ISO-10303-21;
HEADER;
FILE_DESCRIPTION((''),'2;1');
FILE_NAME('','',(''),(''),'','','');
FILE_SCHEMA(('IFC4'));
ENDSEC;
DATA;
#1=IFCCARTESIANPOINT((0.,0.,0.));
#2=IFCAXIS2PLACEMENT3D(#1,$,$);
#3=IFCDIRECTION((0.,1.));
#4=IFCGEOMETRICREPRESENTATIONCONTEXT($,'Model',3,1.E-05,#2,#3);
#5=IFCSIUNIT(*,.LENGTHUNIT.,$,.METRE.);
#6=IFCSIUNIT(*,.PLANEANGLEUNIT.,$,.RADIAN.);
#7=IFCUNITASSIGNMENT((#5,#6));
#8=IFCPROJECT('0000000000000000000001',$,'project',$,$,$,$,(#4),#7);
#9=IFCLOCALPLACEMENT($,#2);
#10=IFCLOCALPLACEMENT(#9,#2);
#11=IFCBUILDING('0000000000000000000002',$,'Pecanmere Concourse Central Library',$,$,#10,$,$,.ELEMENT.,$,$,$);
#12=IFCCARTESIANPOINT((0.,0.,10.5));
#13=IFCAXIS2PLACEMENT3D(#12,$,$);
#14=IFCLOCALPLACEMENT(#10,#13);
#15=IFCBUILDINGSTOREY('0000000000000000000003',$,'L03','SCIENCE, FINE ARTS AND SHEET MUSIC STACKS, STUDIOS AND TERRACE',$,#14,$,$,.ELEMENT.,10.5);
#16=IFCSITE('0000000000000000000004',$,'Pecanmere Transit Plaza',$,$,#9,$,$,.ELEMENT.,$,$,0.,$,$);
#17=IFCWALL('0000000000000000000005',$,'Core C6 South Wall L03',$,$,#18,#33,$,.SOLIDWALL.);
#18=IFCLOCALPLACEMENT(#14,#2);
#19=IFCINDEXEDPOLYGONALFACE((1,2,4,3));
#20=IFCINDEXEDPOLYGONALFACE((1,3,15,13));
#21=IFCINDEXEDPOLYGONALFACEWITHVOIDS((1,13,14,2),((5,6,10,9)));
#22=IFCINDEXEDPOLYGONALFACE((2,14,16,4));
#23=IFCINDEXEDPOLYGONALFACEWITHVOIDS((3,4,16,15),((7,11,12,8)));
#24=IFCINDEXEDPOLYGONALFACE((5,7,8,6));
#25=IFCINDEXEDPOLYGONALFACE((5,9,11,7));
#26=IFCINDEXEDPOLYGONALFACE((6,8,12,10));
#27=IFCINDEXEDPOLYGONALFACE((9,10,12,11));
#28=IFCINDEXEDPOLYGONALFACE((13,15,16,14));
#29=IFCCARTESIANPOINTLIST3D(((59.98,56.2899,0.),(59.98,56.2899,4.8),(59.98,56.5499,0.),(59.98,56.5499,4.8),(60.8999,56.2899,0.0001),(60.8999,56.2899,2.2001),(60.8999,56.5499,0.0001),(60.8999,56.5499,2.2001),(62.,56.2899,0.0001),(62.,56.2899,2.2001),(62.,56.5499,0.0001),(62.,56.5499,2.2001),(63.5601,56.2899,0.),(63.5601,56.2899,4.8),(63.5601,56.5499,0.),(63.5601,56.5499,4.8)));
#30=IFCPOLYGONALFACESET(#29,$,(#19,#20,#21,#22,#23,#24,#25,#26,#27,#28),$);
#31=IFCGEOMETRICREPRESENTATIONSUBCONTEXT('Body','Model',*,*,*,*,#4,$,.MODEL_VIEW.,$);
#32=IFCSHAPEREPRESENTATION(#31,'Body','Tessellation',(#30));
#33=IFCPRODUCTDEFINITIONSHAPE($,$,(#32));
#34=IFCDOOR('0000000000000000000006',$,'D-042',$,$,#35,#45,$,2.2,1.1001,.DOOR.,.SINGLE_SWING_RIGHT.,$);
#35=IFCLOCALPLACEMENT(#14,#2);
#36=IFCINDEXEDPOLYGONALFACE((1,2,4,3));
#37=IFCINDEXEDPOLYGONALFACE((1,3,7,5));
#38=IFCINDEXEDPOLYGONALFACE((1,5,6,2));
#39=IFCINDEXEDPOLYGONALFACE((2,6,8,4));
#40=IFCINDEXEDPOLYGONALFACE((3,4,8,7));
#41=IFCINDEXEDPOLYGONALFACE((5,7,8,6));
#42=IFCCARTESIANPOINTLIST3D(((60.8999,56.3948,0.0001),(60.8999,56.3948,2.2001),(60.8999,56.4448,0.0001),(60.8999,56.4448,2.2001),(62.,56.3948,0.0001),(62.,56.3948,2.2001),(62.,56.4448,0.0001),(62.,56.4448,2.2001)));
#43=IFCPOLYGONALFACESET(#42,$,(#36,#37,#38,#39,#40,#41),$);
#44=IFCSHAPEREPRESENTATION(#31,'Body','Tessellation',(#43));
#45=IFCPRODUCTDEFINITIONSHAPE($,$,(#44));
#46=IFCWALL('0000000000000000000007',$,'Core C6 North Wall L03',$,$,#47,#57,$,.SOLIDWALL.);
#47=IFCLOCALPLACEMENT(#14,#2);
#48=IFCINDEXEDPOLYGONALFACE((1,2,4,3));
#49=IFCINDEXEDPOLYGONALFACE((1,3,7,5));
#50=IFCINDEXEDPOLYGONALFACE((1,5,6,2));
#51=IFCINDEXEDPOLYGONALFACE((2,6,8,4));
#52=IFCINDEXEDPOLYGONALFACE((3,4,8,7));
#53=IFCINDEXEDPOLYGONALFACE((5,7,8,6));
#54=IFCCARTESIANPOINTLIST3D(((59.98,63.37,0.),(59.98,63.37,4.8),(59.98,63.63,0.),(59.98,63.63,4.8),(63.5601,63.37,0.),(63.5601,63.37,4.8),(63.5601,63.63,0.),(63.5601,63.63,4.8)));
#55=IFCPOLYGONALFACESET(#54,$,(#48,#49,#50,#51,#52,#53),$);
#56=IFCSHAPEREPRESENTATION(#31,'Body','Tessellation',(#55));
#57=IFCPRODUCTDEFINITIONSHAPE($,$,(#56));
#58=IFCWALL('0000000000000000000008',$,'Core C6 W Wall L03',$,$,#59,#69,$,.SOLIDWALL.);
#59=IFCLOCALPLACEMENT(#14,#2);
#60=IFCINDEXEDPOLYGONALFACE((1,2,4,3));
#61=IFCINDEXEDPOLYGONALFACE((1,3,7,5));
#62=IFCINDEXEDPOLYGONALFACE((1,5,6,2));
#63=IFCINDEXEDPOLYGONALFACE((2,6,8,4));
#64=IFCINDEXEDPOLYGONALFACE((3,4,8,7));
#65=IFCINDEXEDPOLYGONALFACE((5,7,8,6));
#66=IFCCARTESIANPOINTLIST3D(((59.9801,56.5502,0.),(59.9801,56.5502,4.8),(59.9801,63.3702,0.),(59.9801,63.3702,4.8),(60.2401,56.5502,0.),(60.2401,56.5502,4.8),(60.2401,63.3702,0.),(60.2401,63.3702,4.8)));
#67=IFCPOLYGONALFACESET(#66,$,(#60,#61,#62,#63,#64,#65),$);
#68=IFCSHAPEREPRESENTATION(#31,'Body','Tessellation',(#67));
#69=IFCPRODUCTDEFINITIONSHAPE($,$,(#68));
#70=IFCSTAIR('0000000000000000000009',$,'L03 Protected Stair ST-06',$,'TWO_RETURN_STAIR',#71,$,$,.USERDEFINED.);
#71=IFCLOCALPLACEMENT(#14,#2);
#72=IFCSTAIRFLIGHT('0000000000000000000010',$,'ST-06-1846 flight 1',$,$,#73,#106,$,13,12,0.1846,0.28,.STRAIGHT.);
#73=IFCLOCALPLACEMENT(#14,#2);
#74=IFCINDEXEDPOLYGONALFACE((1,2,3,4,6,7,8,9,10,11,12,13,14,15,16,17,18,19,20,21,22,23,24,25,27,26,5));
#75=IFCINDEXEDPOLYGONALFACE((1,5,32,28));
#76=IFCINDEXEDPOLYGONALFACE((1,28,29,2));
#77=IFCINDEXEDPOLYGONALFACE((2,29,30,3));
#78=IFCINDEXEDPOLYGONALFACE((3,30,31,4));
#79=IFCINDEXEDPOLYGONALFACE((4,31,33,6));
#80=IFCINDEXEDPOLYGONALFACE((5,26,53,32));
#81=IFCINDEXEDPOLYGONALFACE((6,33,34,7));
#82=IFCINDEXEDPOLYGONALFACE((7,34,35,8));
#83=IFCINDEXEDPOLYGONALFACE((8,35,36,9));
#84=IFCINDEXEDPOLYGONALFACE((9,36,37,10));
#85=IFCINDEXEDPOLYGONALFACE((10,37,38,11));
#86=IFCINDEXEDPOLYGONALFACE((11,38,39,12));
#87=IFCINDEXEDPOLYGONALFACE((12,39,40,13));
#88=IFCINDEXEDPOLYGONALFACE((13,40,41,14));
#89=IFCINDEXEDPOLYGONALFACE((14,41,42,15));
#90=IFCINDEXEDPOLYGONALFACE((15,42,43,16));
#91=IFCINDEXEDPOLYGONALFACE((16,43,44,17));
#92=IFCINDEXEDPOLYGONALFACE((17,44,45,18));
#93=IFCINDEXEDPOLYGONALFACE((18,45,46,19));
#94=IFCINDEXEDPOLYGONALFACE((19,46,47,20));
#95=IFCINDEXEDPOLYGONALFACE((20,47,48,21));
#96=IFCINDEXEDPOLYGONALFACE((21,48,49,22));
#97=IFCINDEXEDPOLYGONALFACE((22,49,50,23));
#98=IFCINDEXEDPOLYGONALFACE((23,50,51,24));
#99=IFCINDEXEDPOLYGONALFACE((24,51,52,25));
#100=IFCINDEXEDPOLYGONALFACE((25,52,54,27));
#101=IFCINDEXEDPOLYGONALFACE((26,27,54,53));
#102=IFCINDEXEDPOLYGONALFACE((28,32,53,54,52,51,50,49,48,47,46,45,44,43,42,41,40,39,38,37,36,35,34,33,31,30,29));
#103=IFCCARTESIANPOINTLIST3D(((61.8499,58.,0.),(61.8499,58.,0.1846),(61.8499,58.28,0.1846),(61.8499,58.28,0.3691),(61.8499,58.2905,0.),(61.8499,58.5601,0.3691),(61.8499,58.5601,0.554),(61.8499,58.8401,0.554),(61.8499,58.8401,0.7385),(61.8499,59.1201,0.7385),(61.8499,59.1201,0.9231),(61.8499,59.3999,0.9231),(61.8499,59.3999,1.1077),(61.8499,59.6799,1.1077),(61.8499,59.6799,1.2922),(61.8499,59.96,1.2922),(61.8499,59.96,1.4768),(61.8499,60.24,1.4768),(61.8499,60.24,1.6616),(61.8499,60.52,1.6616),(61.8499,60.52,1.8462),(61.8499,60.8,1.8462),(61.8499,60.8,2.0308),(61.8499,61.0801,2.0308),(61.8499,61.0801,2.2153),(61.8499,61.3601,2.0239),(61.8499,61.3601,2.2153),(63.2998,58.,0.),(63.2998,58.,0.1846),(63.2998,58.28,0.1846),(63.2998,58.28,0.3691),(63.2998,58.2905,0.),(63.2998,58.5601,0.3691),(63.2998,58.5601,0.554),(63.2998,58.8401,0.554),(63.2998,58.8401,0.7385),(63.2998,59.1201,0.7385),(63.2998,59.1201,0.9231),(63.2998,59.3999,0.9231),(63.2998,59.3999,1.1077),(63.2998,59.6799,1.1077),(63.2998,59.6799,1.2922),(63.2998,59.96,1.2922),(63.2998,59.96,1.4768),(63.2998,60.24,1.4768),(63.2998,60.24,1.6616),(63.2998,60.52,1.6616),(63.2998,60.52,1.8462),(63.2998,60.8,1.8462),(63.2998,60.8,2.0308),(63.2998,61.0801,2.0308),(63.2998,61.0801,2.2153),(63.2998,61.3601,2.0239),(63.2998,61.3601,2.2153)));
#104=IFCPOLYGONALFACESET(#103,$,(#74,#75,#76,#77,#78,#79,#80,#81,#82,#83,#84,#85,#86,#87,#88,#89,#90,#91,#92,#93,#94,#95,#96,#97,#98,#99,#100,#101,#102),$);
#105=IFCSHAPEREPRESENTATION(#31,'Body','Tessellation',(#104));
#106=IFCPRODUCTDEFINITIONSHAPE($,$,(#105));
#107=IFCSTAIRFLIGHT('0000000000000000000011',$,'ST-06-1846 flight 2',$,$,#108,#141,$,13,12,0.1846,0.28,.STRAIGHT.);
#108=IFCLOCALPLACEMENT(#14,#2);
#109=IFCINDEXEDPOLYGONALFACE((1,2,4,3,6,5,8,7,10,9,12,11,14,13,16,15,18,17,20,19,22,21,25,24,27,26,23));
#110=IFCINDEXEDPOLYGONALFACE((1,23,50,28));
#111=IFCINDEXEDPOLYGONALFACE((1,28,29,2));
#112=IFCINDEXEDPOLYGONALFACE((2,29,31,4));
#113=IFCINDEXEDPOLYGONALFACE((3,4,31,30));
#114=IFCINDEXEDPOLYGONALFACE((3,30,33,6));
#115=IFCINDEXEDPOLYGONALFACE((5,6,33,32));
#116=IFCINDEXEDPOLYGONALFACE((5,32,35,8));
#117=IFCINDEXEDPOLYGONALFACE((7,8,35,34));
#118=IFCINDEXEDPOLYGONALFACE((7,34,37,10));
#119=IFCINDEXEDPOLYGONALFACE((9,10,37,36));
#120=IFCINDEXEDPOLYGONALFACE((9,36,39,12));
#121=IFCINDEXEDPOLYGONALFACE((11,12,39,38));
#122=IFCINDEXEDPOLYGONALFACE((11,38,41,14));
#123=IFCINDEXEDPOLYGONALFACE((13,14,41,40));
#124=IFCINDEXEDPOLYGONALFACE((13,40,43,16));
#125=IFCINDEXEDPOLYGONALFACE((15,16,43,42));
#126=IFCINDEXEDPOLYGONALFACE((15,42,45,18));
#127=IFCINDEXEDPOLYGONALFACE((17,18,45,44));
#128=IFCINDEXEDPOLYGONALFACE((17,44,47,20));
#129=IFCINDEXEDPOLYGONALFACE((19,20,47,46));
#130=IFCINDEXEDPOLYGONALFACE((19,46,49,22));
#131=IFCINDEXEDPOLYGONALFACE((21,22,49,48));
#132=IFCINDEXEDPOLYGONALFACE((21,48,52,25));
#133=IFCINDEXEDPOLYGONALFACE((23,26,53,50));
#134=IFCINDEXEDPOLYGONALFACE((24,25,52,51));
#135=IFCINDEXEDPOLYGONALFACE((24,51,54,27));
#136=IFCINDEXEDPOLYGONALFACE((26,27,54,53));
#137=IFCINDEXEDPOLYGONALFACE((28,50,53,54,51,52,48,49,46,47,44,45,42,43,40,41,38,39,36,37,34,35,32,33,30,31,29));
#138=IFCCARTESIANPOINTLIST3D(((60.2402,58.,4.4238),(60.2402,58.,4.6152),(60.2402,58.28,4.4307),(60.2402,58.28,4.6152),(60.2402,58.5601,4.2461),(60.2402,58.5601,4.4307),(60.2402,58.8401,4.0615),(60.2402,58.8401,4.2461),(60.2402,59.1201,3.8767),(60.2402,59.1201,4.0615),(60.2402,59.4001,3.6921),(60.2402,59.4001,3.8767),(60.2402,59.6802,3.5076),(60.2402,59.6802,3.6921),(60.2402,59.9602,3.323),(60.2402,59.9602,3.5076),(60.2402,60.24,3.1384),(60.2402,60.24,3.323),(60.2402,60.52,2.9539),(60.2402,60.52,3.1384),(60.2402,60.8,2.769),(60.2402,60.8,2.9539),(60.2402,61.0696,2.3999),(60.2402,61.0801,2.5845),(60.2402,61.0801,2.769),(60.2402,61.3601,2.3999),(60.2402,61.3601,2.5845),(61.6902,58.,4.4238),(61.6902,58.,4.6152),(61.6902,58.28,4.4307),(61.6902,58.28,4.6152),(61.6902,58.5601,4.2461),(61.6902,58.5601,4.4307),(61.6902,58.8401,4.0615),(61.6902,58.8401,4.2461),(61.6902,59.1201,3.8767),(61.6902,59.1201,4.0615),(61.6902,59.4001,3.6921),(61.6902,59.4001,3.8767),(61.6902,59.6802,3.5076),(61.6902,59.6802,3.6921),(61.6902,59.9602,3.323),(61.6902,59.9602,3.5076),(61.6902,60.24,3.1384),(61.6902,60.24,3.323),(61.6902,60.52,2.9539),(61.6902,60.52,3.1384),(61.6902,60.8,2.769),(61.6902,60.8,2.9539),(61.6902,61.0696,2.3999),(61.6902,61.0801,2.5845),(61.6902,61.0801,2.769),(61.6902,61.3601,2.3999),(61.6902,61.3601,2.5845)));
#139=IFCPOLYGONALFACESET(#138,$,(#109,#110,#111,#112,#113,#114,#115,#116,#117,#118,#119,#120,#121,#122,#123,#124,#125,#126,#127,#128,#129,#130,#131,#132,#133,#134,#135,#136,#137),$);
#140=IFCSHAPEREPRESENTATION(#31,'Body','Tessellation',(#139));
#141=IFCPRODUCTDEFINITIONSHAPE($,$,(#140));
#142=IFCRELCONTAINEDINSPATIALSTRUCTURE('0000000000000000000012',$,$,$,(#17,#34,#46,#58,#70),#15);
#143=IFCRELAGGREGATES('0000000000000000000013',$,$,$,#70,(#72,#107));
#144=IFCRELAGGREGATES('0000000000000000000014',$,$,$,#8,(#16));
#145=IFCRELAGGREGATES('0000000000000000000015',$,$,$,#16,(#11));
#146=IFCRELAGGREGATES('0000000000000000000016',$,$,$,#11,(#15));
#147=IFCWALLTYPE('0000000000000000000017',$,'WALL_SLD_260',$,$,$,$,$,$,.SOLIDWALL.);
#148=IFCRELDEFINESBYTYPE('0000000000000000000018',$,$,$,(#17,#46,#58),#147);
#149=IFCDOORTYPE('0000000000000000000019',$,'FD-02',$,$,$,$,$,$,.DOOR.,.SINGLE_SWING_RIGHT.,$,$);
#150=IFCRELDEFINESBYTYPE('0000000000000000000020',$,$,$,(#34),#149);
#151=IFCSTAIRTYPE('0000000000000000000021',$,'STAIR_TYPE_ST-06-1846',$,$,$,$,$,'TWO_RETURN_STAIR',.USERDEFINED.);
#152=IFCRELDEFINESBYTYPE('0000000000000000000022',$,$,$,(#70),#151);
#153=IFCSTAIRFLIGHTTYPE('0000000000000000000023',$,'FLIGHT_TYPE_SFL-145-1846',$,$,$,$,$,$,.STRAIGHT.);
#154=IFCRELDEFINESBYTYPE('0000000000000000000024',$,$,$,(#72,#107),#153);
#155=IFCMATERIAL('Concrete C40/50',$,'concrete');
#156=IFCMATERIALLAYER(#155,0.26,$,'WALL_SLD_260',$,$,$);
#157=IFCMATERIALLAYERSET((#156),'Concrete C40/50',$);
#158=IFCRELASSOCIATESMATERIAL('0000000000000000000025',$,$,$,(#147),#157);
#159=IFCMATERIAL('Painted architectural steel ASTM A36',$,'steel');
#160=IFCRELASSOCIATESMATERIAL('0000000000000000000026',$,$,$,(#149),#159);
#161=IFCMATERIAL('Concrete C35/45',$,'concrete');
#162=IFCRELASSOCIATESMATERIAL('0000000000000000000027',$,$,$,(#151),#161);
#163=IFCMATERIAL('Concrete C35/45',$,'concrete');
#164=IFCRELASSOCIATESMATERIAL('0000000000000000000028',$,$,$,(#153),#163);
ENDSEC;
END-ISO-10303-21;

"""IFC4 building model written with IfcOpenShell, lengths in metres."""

from ifc_helpers import new_model, si_unit, direction, frame, frame_2d, origin, place, context, subcontext, project, spatial, polyline, rectangle, outline, extrude, material, layer, layer_set, type_object, element, fill, aggregate, save


model = new_model("IFC4")

# Units and contexts
model_context = context("Model", 3, precision=1e-05, world=origin(), true_north=direction((0.0, 1.0)))
body_context = subcontext(model_context, "Body", "Model", "MODEL_VIEW")
ifc_project = project(units=[si_unit("LENGTHUNIT", "METRE"), si_unit("PLANEANGLEUNIT", "RADIAN")], contexts=[model_context])

# Site, building, storey
site_placement = place(None, origin())
site = spatial("IfcSite", under=ifc_project, at=site_placement, Name="Pecanmere Transit Plaza", CompositionType="ELEMENT", RefElevation=0.0)
building_placement = place(site_placement, origin())
building = spatial("IfcBuilding", under=site, at=building_placement, Name="Pecanmere Concourse Central Library", CompositionType="ELEMENT")
storey_placement = place(building_placement, frame((0.0, 0.0, 10.5)))
storey = spatial("IfcBuildingStorey", under=building, at=storey_placement, Name="L03", Description="SCIENCE, FINE ARTS AND SHEET MUSIC STACKS, STUDIOS AND TERRACE", CompositionType="ELEMENT", Elevation=10.5)

# Wall, opening, door
ifc_material_1 = material(Name="Concrete C40/50", Category="concrete")
ifc_layer = layer(ifc_material_1, 0.26, Name="WALL_SLD_260")
ifc_layer_set = layer_set([ifc_layer], Name="Concrete C40/50")
wall_type = type_object("IfcWallType", Name="WALL_SLD_260", PredefinedType="SOLIDWALL", material=ifc_layer_set)
wall_1_placement = place(storey_placement, frame((59.98, 56.4199, 0.0), z_axis=(0.0, 0.0, 1.0), x_axis=(1.0, 0.0, 0.0)))
wall_1 = element("IfcWall", 1, at=wall_1_placement, inside=storey, type_object=wall_type, Name="Core C6 South Wall L03", PredefinedType="SOLIDWALL", context=body_context, shape_type="SweptSolid", body=[
    extrude(rectangle(XDim=3.5801, YDim=0.26, at=frame_2d((1.79, 0.0))), origin(), (0.0, 0.0, 1.0), 4.8),
])
opening_placement = place(wall_1_placement, frame((0.9199, 0.0, 0.0)))
opening = element("IfcOpeningElement", 2, at=opening_placement, cuts=wall_1, PredefinedType="OPENING", context=body_context, shape_type="SweptSolid", body=[
    extrude(rectangle(XDim=1.1001, YDim=2.2, at=frame_2d((0.55, 1.1001))), frame((0.0, 0.1421, 0.0), z_axis=(0.0, -1.0, 0.0), x_axis=(1.0, 0.0, 0.0)), (0.0, 0.0, 1.0), 0.2839),
])
ifc_material_2 = material(Name="Painted architectural steel ASTM A36", Category="steel")
door_type = type_object("IfcDoorType", Name="FD-02", OperationType="SINGLE_SWING_RIGHT", PredefinedType="DOOR", material=ifc_material_2)
door_placement = place(opening_placement, origin())
door = element("IfcDoor", 3, at=door_placement, inside=storey, type_object=door_type, Name="D-042", OperationType="SINGLE_SWING_RIGHT", OverallHeight=2.2, OverallWidth=1.1001, PredefinedType="DOOR", context=body_context, shape_type="SweptSolid", body=[
    extrude(rectangle(XDim=1.1001, YDim=2.2, at=frame_2d((0.55, 1.1001))), frame((0.0, 0.0249, 0.0), z_axis=(0.0, -1.0, 0.0), x_axis=(1.0, 0.0, 0.0)), (0.0, 0.0, 1.0), 0.05),
])
fill(opening, door)

# Walls
wall_2_placement = place(storey_placement, frame((59.98, 63.5, 0.0), z_axis=(0.0, 0.0, 1.0), x_axis=(1.0, 0.0, 0.0)))
element("IfcWall", 4, at=wall_2_placement, inside=storey, type_object=wall_type, Name="Core C6 North Wall L03", PredefinedType="SOLIDWALL", context=body_context, shape_type="SweptSolid", body=[
    extrude(rectangle(XDim=3.5801, YDim=0.26, at=frame_2d((1.79, 0.0))), origin(), (0.0, 0.0, 1.0), 4.8),
])
wall_3_placement = place(storey_placement, frame((60.1101, 56.55, 0.0), z_axis=(0.0, 0.0, 1.0), x_axis=(0.0, 1.0, 0.0)))
element("IfcWall", 5, at=wall_3_placement, inside=storey, type_object=wall_type, Name="Core C6 W Wall L03", PredefinedType="SOLIDWALL", context=body_context, shape_type="SweptSolid", body=[
    extrude(rectangle(XDim=6.8201, YDim=0.26, at=frame_2d((3.4102, 0.0))), origin(), (0.0, 0.0, 1.0), 4.8),
])

# Stair, stair flights
ifc_material_3 = material(Name="Concrete C35/45", Category="concrete")
stair_type = type_object("IfcStairType", Name="STAIR_TYPE_ST-06-1846", ElementType="TWO_RETURN_STAIR", PredefinedType="USERDEFINED", material=ifc_material_3)
stair_placement = place(storey_placement, origin())
stair = element("IfcStair", 6, at=stair_placement, inside=storey, type_object=stair_type, Name="L03 Protected Stair ST-06", ObjectType="TWO_RETURN_STAIR", PredefinedType="USERDEFINED")
ifc_material_4 = material(Name="Concrete C35/45", Category="concrete")
stair_flight_type = type_object("IfcStairFlightType", Name="FLIGHT_TYPE_SFL-145-1846", PredefinedType="STRAIGHT", material=ifc_material_4)
stair_flight_1_placement = place(storey_placement, frame((62.575, 58.0, 0.0), z_axis=(0.0, 0.0, 1.0), x_axis=(0.0, 1.0, 0.0)))
stair_flight_1 = element("IfcStairFlight", 7, at=stair_flight_1_placement, type_object=stair_flight_type, Name="ST-06-1846 flight 1", NumberOfRisers=13, NumberOfTreads=12, PredefinedType="STRAIGHT", RiserHeight=0.1846, TreadLength=0.28, context=body_context, shape_type="SweptSolid", body=[
    extrude(outline(polyline([(0.0, 0.0), (0.0, 0.1846), (0.28, 0.1846), (0.28, 0.3691), (0.5601, 0.3691), (0.5601, 0.554), (0.8401, 0.554), (0.8401, 0.7385), (1.1201, 0.7385), (1.1201, 0.9231), (1.3999, 0.9231), (1.3999, 1.1077), (1.6799, 1.1077), (1.6799, 1.2922), (1.96, 1.2922), (1.96, 1.4768), (2.24, 1.4768), (2.24, 1.6616), (2.52, 1.6616), (2.52, 1.8462), (2.8, 1.8462), (2.8, 2.0308), (3.0801, 2.0308), (3.0801, 2.2153), (3.3601, 2.2153), (3.3601, 2.3999), (3.3601, 2.0239), (0.2905, 0.0), (0.0, 0.0)])), frame((0.0, 0.7251, 0.0), z_axis=(0.0, -1.0, 0.0), x_axis=(1.0, 0.0, 0.0)), (0.0, 0.0, 1.0), 1.45),
])
stair_flight_2_placement = place(storey_placement, frame((60.9651, 61.3601, 2.3999), z_axis=(0.0, 0.0, 1.0), x_axis=(0.0, -1.0, 0.0)))
stair_flight_2 = element("IfcStairFlight", 8, at=stair_flight_2_placement, type_object=stair_flight_type, Name="ST-06-1846 flight 2", NumberOfRisers=13, NumberOfTreads=12, PredefinedType="STRAIGHT", RiserHeight=0.1846, TreadLength=0.28, context=body_context, shape_type="SweptSolid", body=[
    extrude(outline(polyline([(0.0, 0.0), (0.0, 0.1846), (0.28, 0.1846), (0.28, 0.3691), (0.5601, 0.3691), (0.5601, 0.554), (0.8401, 0.554), (0.8401, 0.7385), (1.1201, 0.7385), (1.1201, 0.9231), (1.3999, 0.9231), (1.3999, 1.1077), (1.6799, 1.1077), (1.6799, 1.2922), (1.96, 1.2922), (1.96, 1.4768), (2.24, 1.4768), (2.24, 1.6616), (2.52, 1.6616), (2.52, 1.8462), (2.8, 1.8462), (2.8, 2.0308), (3.0801, 2.0308), (3.0801, 2.2153), (3.3601, 2.2153), (3.3601, 2.3999), (3.3601, 2.0239), (0.2905, 0.0), (0.0, 0.0)])), frame((0.0, 0.7251, 0.0), z_axis=(0.0, -1.0, 0.0), x_axis=(1.0, 0.0, 0.0)), (0.0, 0.0, 1.0), 1.45),
])
aggregate(stair, [stair_flight_1, stair_flight_2])

save(model, "model.ifc")
